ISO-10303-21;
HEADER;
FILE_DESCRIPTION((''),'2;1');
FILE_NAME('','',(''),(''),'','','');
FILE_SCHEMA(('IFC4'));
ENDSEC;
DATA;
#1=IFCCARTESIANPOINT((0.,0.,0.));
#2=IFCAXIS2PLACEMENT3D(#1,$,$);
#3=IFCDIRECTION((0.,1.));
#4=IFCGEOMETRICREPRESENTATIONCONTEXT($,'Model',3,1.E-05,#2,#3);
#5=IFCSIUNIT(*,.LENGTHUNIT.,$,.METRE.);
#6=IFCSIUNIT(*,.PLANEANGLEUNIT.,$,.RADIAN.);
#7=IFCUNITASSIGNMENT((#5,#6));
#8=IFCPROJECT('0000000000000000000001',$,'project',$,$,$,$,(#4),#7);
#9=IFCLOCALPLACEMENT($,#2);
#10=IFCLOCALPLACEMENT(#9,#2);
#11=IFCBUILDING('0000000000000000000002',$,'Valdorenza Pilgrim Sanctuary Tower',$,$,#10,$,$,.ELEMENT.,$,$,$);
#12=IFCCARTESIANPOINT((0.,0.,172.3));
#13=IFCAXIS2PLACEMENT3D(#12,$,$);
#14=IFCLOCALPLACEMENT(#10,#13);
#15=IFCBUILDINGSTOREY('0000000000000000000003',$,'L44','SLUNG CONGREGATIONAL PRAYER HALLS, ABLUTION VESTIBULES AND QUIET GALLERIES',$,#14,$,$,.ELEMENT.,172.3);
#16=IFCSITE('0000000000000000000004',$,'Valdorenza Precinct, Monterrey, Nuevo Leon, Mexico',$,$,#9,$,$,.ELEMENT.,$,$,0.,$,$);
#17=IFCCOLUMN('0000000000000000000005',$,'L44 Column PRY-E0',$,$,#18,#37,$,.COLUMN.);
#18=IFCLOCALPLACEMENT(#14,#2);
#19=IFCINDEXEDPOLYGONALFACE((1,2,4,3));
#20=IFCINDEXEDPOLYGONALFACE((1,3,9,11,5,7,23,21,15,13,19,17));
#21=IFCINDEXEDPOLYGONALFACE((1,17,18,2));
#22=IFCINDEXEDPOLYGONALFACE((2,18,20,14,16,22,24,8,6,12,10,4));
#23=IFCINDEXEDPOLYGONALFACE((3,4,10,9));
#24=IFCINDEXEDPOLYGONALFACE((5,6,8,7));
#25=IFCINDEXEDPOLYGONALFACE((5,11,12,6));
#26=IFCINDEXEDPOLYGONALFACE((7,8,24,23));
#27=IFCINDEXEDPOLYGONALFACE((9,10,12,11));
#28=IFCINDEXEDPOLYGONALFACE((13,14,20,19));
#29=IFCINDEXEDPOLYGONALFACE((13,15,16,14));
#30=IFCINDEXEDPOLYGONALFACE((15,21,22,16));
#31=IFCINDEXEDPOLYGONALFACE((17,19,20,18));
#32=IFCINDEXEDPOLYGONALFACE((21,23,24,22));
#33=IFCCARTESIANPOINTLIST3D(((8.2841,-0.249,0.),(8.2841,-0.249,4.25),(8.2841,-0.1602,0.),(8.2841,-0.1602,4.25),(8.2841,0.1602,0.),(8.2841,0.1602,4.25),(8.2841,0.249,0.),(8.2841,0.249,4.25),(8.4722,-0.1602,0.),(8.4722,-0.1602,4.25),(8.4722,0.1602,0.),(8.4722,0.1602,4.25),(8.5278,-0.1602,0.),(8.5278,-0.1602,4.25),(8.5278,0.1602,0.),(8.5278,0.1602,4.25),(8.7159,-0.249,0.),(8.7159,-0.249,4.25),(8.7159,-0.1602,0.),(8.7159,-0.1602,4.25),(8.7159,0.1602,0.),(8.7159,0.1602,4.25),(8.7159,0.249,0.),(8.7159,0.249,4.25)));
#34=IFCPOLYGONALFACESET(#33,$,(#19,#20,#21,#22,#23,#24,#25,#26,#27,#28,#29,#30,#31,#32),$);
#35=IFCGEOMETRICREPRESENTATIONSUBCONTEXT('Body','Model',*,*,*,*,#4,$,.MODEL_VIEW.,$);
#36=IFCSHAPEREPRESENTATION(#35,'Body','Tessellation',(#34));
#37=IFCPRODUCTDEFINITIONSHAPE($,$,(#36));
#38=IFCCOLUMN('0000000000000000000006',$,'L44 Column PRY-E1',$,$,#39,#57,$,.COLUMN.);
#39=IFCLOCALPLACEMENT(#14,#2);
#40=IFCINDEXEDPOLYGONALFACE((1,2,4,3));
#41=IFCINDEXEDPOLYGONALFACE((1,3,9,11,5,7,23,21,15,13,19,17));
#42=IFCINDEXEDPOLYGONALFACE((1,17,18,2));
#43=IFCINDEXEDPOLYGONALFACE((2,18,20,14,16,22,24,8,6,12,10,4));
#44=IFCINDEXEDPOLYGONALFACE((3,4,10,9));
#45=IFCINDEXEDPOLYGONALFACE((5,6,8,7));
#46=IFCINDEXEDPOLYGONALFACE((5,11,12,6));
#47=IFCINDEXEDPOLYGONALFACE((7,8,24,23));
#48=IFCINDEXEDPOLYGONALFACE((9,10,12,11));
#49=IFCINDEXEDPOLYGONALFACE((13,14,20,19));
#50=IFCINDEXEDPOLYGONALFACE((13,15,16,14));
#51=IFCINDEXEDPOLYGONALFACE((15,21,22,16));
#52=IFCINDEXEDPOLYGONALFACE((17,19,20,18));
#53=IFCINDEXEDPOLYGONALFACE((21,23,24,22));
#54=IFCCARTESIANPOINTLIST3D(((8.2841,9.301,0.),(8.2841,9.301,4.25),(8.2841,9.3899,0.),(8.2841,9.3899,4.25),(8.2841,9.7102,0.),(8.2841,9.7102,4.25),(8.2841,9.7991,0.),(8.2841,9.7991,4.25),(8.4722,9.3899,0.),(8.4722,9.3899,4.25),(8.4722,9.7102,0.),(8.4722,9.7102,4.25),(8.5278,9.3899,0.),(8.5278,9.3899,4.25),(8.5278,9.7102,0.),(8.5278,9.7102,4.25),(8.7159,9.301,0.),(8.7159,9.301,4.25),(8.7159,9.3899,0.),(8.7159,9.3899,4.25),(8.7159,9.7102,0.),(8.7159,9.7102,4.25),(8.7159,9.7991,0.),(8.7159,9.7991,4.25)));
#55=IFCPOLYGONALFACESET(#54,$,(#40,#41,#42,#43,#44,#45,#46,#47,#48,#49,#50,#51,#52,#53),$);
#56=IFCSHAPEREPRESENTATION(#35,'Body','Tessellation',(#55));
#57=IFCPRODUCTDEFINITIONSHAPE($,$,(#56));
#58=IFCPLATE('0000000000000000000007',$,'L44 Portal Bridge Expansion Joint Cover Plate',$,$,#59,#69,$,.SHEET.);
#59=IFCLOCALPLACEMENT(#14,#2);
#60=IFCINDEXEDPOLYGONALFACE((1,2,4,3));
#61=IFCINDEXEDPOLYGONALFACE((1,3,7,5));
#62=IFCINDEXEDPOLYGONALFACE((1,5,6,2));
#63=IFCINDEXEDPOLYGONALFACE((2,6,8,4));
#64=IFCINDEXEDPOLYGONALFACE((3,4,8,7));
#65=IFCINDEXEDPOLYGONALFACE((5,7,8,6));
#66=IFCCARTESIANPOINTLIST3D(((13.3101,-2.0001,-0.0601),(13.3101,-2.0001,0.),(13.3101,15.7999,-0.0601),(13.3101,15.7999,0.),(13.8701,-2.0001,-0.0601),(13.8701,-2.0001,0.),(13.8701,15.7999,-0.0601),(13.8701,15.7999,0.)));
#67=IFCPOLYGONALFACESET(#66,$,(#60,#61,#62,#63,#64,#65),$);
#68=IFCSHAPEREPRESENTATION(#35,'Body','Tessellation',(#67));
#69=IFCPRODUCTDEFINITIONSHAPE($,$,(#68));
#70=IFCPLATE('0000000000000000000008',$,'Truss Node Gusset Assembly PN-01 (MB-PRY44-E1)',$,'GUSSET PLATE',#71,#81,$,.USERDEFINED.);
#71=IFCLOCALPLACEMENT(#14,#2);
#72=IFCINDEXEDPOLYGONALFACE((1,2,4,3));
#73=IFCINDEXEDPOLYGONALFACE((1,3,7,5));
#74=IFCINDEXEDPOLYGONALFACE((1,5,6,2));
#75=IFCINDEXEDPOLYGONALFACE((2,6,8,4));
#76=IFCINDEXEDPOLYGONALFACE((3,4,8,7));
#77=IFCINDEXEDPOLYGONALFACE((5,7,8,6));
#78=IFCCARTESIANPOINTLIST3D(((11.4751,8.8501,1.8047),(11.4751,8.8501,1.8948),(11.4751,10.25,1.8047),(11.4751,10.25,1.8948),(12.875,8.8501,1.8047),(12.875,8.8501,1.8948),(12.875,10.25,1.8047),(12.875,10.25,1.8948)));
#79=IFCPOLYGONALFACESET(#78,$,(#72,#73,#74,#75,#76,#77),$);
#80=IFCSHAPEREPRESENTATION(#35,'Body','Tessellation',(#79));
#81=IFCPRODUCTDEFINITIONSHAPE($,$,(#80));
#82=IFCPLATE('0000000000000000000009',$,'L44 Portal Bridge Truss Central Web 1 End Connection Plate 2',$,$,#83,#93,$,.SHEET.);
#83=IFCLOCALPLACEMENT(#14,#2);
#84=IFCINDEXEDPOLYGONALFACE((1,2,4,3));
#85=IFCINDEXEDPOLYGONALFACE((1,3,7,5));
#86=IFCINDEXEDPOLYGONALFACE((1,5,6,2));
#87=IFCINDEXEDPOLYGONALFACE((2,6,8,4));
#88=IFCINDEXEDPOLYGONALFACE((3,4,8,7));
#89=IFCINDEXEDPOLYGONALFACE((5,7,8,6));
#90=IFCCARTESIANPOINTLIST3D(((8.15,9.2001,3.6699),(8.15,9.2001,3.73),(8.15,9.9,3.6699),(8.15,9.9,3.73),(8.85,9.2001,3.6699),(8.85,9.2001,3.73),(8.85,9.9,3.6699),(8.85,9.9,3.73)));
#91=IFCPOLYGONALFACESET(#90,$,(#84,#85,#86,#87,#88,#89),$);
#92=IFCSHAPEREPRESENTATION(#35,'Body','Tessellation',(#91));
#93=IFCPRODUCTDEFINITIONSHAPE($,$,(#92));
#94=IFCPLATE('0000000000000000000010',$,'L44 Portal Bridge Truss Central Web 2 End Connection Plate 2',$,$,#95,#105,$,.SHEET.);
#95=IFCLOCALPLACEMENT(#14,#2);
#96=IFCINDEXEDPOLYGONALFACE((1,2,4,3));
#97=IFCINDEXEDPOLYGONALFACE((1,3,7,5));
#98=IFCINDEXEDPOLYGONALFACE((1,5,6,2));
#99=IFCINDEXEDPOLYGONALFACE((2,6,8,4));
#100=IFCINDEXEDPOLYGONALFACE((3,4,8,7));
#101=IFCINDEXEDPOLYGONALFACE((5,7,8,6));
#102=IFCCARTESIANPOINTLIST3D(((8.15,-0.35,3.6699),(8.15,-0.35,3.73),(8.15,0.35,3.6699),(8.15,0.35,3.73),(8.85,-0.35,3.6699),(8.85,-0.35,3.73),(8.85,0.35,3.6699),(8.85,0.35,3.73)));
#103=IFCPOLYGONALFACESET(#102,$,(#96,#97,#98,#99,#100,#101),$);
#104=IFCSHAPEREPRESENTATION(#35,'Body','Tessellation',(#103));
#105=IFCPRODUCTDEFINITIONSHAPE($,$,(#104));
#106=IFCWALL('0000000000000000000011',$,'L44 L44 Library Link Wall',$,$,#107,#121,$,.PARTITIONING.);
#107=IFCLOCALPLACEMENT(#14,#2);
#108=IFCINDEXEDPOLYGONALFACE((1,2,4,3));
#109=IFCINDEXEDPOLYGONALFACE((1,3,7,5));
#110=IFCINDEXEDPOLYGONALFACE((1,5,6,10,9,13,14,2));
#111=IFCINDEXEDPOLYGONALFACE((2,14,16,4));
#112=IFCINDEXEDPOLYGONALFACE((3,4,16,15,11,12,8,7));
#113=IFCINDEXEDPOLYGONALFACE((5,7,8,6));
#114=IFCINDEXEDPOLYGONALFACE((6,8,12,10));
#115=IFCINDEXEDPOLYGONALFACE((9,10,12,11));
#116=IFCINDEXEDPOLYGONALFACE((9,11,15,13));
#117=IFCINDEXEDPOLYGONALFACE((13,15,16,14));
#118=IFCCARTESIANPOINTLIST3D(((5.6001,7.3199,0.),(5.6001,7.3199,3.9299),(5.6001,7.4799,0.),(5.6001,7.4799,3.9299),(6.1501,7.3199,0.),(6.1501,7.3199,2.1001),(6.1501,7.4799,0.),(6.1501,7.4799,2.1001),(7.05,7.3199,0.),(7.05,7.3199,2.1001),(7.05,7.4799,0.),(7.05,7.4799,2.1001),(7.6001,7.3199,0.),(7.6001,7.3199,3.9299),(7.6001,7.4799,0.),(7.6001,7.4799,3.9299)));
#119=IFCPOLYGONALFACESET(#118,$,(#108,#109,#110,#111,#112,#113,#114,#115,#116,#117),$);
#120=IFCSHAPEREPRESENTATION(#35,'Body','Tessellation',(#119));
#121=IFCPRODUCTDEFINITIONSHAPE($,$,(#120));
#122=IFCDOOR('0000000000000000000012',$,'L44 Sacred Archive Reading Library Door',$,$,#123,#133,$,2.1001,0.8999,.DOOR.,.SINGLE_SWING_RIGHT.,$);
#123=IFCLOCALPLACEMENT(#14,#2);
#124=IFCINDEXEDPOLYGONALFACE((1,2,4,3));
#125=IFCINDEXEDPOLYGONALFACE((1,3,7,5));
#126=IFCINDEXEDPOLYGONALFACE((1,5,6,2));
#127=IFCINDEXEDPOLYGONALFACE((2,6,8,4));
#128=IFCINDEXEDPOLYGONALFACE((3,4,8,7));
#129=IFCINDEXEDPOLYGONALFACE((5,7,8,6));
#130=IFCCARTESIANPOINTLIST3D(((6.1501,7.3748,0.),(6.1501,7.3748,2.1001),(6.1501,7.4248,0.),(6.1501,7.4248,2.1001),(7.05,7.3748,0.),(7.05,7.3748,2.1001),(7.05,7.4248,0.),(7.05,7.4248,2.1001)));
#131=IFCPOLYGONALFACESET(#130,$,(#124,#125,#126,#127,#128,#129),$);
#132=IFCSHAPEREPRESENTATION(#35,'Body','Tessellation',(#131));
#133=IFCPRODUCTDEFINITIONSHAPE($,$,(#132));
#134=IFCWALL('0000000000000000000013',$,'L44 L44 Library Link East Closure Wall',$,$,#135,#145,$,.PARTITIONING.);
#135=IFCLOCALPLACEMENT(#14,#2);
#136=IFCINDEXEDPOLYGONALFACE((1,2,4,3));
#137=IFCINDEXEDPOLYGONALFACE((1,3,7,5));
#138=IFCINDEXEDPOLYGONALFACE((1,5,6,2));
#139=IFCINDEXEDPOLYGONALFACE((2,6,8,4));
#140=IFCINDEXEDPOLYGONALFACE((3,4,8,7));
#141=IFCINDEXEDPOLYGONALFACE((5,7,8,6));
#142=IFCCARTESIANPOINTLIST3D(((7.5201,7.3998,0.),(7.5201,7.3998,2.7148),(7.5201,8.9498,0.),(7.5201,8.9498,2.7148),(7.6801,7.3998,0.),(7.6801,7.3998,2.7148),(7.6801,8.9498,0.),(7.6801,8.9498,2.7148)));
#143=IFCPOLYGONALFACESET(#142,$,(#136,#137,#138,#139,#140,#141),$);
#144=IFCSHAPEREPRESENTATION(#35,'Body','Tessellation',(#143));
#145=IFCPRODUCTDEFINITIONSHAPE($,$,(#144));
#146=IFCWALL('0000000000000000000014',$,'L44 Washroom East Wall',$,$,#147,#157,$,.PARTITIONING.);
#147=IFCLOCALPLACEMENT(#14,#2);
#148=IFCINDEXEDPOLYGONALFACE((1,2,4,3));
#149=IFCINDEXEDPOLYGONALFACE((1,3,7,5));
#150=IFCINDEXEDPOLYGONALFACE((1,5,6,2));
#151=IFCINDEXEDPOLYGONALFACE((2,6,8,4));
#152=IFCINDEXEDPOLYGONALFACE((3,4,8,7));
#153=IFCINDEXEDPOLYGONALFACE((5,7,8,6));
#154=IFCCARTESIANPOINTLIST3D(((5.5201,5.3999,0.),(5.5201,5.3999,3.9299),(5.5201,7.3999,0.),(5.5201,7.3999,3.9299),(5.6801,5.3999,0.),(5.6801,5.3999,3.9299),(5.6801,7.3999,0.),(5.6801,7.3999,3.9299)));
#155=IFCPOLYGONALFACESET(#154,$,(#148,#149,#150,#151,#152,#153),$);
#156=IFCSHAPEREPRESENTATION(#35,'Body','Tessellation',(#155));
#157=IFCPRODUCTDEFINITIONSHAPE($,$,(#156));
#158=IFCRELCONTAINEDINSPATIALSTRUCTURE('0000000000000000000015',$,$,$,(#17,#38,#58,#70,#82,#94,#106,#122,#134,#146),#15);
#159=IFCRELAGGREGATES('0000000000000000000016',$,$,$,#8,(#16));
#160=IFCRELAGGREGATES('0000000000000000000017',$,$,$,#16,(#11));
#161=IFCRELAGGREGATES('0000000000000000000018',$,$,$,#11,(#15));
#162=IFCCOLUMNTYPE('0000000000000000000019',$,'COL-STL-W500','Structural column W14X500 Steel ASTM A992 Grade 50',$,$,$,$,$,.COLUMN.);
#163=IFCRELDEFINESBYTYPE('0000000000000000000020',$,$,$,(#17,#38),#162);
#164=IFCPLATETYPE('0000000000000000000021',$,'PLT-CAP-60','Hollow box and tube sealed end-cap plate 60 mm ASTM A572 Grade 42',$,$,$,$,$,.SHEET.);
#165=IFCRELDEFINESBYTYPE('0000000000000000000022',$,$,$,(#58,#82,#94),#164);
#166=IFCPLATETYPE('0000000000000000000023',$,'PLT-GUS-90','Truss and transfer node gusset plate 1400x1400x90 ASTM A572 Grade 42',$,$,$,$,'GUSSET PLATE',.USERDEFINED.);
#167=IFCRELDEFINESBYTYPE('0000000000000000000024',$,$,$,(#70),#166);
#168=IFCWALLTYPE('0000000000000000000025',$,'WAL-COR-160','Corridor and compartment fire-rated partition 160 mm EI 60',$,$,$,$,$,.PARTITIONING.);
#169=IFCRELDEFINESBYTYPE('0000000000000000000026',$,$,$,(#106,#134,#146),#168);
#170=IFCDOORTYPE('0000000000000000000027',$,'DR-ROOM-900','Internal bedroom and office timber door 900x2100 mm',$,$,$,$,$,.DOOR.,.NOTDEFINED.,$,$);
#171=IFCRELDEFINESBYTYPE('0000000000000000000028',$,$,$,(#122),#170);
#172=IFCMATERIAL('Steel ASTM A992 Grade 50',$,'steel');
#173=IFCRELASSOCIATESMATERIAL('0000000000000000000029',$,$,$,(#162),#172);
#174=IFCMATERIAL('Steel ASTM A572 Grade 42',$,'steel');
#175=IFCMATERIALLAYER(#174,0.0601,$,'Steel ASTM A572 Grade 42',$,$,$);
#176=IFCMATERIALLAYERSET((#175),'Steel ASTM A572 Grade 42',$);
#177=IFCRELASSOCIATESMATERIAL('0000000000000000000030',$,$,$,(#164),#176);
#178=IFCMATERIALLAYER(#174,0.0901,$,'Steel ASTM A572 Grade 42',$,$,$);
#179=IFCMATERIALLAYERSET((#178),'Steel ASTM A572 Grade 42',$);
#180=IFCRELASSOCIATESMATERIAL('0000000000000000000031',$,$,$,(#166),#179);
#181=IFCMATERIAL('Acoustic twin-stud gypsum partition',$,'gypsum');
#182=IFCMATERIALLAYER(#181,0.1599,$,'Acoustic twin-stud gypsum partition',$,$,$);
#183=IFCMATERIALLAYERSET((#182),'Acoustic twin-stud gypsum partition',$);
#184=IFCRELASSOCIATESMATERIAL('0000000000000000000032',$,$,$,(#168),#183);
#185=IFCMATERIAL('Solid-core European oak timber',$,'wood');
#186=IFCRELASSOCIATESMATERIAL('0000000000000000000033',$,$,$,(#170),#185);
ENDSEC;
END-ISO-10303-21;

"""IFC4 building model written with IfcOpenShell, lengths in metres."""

from ifc_helpers import new_model, si_unit, direction, frame, frame_2d, origin, origin_2d, place, context, subcontext, project, spatial, rectangle, i_section, extrude, source, transform, mapped, material, layer, layer_set, material_profile, profile_set, type_object, element, fill, save


model = new_model("IFC4")

# Units and contexts
model_context = context("Model", 3, precision=1e-05, world=origin(), true_north=direction((0.0, 1.0)))
body_context = subcontext(model_context, "Body", "Model", "MODEL_VIEW")
ifc_project = project(units=[si_unit("LENGTHUNIT", "METRE"), si_unit("PLANEANGLEUNIT", "RADIAN")], contexts=[model_context])

# Site, building, storey
site_placement = place(None, origin())
site = spatial("IfcSite", under=ifc_project, at=site_placement, Name="Valdorenza Precinct, Monterrey, Nuevo Leon, Mexico", CompositionType="ELEMENT", RefElevation=0.0)
building_placement = place(site_placement, origin())
building = spatial("IfcBuilding", under=site, at=building_placement, Name="Valdorenza Pilgrim Sanctuary Tower", CompositionType="ELEMENT")
storey_placement = place(building_placement, frame((0.0, 0.0, 172.3)))
storey = spatial("IfcBuildingStorey", under=building, at=storey_placement, Name="L44", Description="SLUNG CONGREGATIONAL PRAYER HALLS, ABLUTION VESTIBULES AND QUIET GALLERIES", CompositionType="ELEMENT", Elevation=172.3)

# Columns
ifc_material_1 = material(Name="Steel ASTM A992 Grade 50", Category="steel")
ifc_material_profile = material_profile(ifc_material_1, i_section(OverallWidth=0.4319, OverallDepth=0.498, WebThickness=0.0557, FlangeThickness=0.0889, at=origin_2d()), Name="W14X500")
ifc_profile_set = profile_set([ifc_material_profile], Name="Steel ASTM A992 Grade 50")
column_type = type_object("IfcColumnType", Name="COL-STL-W500", Description="Structural column W14X500 Steel ASTM A992 Grade 50", PredefinedType="COLUMN", material=ifc_profile_set)
shared_shape_1 = source(origin(), body_context, "Body", "SweptSolid", [
    extrude(i_section(OverallWidth=0.4319, OverallDepth=0.498, WebThickness=0.0557, FlangeThickness=0.0889, at=origin_2d()), origin(), (0.0, 0.0, 1.0), 4.25),
])
for number, where, z_axis, x_axis, name in (
    (1, (8.5, 0.0, 0.0), (0.0, 0.0, 1.0), (1.0, 0.0, 0.0), "L44 Column PRY-E0"),
    (2, (8.5, 9.55, 0.0), (0.0, 0.0, 1.0), (1.0, 0.0, 0.0), "L44 Column PRY-E1"),
):
    element("IfcColumn", number, at=place(storey_placement, frame(where, z_axis=z_axis, x_axis=x_axis)), inside=storey, type_object=column_type, Name=name, PredefinedType="COLUMN", context=body_context, shape_type="MappedRepresentation", body=[
        mapped(shared_shape_1, transform((0.0, 0.0, 0.0), x_axis=(1.0, 0.0, 0.0), y_axis=(0.0, 1.0, 0.0), z_axis=(0.0, 0.0, 1.0), scale=1.0)),
    ])

# Plates
ifc_material_2 = material(Name="Steel ASTM A572 Grade 42", Category="steel")
ifc_layer_1 = layer(ifc_material_2, 0.0601, Name="Steel ASTM A572 Grade 42")
ifc_layer_set_1 = layer_set([ifc_layer_1], Name="Steel ASTM A572 Grade 42")
plate_type_1 = type_object("IfcPlateType", Name="PLT-CAP-60", Description="Hollow box and tube sealed end-cap plate 60 mm ASTM A572 Grade 42", PredefinedType="SHEET", material=ifc_layer_set_1)
shared_shape_2 = source(origin(), body_context, "Body", "SweptSolid", [
    extrude(rectangle(XDim=0.5601, YDim=17.8, at=origin_2d()), origin(), (0.0, 0.0, 1.0), 0.0601),
])
plate_1_placement = place(storey_placement, frame((13.5901, 6.8999, -0.0601), z_axis=(0.0, 0.0, 1.0), x_axis=(1.0, 0.0, 0.0)))
element("IfcPlate", 3, at=plate_1_placement, inside=storey, type_object=plate_type_1, Name="L44 Portal Bridge Expansion Joint Cover Plate", PredefinedType="SHEET", context=body_context, shape_type="MappedRepresentation", body=[
    mapped(shared_shape_2, transform((0.0, 0.0, 0.0), x_axis=(1.0, 0.0, 0.0), y_axis=(0.0, 1.0, 0.0), z_axis=(0.0, 0.0, 1.0), scale=1.0)),
])
ifc_layer_2 = layer(ifc_material_2, 0.0901, Name="Steel ASTM A572 Grade 42")
ifc_layer_set_2 = layer_set([ifc_layer_2], Name="Steel ASTM A572 Grade 42")
plate_type_2 = type_object("IfcPlateType", Name="PLT-GUS-90", Description="Truss and transfer node gusset plate 1400x1400x90 ASTM A572 Grade 42", ElementType="GUSSET PLATE", PredefinedType="USERDEFINED", material=ifc_layer_set_2)
shared_shape_3 = source(origin(), body_context, "Body", "SweptSolid", [
    extrude(rectangle(XDim=1.3999, YDim=1.3999, at=origin_2d()), origin(), (0.0, 0.0, 1.0), 0.0901),
])
plate_2_placement = place(storey_placement, frame((12.175, 9.55, 1.8047), z_axis=(0.0, 0.0, 1.0), x_axis=(1.0, 0.0, 0.0)))
element("IfcPlate", 4, at=plate_2_placement, inside=storey, type_object=plate_type_2, Name="Truss Node Gusset Assembly PN-01 (MB-PRY44-E1)", ObjectType="GUSSET PLATE", PredefinedType="USERDEFINED", context=body_context, shape_type="MappedRepresentation", body=[
    mapped(shared_shape_3, transform((0.0, 0.0, 0.0), x_axis=(1.0, 0.0, 0.0), y_axis=(0.0, 1.0, 0.0), z_axis=(0.0, 0.0, 1.0), scale=1.0)),
])
shared_shape_4 = source(origin(), body_context, "Body", "SweptSolid", [
    extrude(rectangle(XDim=0.7, YDim=0.7, at=origin_2d()), origin(), (0.0, 0.0, 1.0), 0.0601),
])
for number, where, z_axis, x_axis, name in (
    (5, (8.5, 9.55, 3.6699), (0.0, 0.0, 1.0), (1.0, 0.0, 0.0), "L44 Portal Bridge Truss Central Web 1 End Connection Plate 2"),
    (6, (8.5, 0.0, 3.6699), (0.0, 0.0, 1.0), (1.0, 0.0, 0.0), "L44 Portal Bridge Truss Central Web 2 End Connection Plate 2"),
):
    element("IfcPlate", number, at=place(storey_placement, frame(where, z_axis=z_axis, x_axis=x_axis)), inside=storey, type_object=plate_type_1, Name=name, PredefinedType="SHEET", context=body_context, shape_type="MappedRepresentation", body=[
        mapped(shared_shape_4, transform((0.0, 0.0, 0.0), x_axis=(1.0, 0.0, 0.0), y_axis=(0.0, 1.0, 0.0), z_axis=(0.0, 0.0, 1.0), scale=1.0)),
    ])

# Wall, opening, door
ifc_material_3 = material(Name="Acoustic twin-stud gypsum partition", Category="gypsum")
ifc_layer_3 = layer(ifc_material_3, 0.1599, Name="Acoustic twin-stud gypsum partition")
ifc_layer_set_3 = layer_set([ifc_layer_3], Name="Acoustic twin-stud gypsum partition")
wall_type_1 = type_object("IfcWallType", Name="WAL-COR-160", Description="Corridor and compartment fire-rated partition 160 mm EI 60", PredefinedType="PARTITIONING", material=ifc_layer_set_3)
wall_1_placement = place(storey_placement, frame((5.6001, 7.3999, 0.0), z_axis=(0.0, 0.0, 1.0), x_axis=(1.0, 0.0, 0.0)))
wall_1 = element("IfcWall", 7, at=wall_1_placement, inside=storey, type_object=wall_type_1, Name="L44 L44 Library Link Wall", PredefinedType="PARTITIONING", context=body_context, shape_type="SweptSolid", body=[
    extrude(rectangle(XDim=2.0, YDim=0.1599, at=frame_2d((1.0, 0.0))), origin(), (0.0, 0.0, 1.0), 3.9299),
])
opening_1_placement = place(wall_1_placement, frame((0.55, 0.0, 0.0)))
opening_1 = element("IfcOpeningElement", 8, at=opening_1_placement, cuts=wall_1, PredefinedType="OPENING", context=body_context, shape_type="SweptSolid", body=[
    extrude(rectangle(XDim=0.8999, YDim=2.1001, at=frame_2d((0.45, 1.05))), frame((0.0, 0.0947, 0.0), z_axis=(0.0, -1.0, 0.0), x_axis=(1.0, 0.0, 0.0)), (0.0, 0.0, 1.0), 0.1897),
])
ifc_material_4 = material(Name="Solid-core European oak timber", Category="wood")
door_type_1 = type_object("IfcDoorType", Name="DR-ROOM-900", Description="Internal bedroom and office timber door 900x2100 mm", OperationType="NOTDEFINED", PredefinedType="DOOR", material=ifc_material_4)
door_1_placement = place(opening_1_placement, origin())
door_1 = element("IfcDoor", 9, at=door_1_placement, inside=storey, type_object=door_type_1, Name="L44 Sacred Archive Reading Library Door", OperationType="SINGLE_SWING_RIGHT", OverallHeight=2.1001, OverallWidth=0.8999, PredefinedType="DOOR", context=body_context, shape_type="SweptSolid", body=[
    extrude(rectangle(XDim=0.8999, YDim=2.1001, at=frame_2d((0.45, 1.05))), frame((0.0, 0.0249, 0.0), z_axis=(0.0, -1.0, 0.0), x_axis=(1.0, 0.0, 0.0)), (0.0, 0.0, 1.0), 0.05),
])
fill(opening_1, door_1)

# Walls
wall_2_placement = place(storey_placement, frame((7.6001, 7.3999, 0.0), z_axis=(0.0, 0.0, 1.0), x_axis=(0.0, 1.0, 0.0)))
element("IfcWall", 10, at=wall_2_placement, inside=storey, type_object=wall_type_1, Name="L44 L44 Library Link East Closure Wall", PredefinedType="PARTITIONING", context=body_context, shape_type="SweptSolid", body=[
    extrude(rectangle(XDim=1.55, YDim=0.1599, at=frame_2d((0.7749, 0.0))), origin(), (0.0, 0.0, 1.0), 2.7148),
])
wall_3_placement = place(storey_placement, frame((5.6001, 5.3999, 0.0), z_axis=(0.0, 0.0, 1.0), x_axis=(0.0, 1.0, 0.0)))
element("IfcWall", 11, at=wall_3_placement, inside=storey, type_object=wall_type_1, Name="L44 Washroom East Wall", PredefinedType="PARTITIONING", context=body_context, shape_type="SweptSolid", body=[
    extrude(rectangle(XDim=2.0, YDim=0.1599, at=frame_2d((1.0, 0.0))), origin(), (0.0, 0.0, 1.0), 3.9299),
])

save(model, "model.ifc")
